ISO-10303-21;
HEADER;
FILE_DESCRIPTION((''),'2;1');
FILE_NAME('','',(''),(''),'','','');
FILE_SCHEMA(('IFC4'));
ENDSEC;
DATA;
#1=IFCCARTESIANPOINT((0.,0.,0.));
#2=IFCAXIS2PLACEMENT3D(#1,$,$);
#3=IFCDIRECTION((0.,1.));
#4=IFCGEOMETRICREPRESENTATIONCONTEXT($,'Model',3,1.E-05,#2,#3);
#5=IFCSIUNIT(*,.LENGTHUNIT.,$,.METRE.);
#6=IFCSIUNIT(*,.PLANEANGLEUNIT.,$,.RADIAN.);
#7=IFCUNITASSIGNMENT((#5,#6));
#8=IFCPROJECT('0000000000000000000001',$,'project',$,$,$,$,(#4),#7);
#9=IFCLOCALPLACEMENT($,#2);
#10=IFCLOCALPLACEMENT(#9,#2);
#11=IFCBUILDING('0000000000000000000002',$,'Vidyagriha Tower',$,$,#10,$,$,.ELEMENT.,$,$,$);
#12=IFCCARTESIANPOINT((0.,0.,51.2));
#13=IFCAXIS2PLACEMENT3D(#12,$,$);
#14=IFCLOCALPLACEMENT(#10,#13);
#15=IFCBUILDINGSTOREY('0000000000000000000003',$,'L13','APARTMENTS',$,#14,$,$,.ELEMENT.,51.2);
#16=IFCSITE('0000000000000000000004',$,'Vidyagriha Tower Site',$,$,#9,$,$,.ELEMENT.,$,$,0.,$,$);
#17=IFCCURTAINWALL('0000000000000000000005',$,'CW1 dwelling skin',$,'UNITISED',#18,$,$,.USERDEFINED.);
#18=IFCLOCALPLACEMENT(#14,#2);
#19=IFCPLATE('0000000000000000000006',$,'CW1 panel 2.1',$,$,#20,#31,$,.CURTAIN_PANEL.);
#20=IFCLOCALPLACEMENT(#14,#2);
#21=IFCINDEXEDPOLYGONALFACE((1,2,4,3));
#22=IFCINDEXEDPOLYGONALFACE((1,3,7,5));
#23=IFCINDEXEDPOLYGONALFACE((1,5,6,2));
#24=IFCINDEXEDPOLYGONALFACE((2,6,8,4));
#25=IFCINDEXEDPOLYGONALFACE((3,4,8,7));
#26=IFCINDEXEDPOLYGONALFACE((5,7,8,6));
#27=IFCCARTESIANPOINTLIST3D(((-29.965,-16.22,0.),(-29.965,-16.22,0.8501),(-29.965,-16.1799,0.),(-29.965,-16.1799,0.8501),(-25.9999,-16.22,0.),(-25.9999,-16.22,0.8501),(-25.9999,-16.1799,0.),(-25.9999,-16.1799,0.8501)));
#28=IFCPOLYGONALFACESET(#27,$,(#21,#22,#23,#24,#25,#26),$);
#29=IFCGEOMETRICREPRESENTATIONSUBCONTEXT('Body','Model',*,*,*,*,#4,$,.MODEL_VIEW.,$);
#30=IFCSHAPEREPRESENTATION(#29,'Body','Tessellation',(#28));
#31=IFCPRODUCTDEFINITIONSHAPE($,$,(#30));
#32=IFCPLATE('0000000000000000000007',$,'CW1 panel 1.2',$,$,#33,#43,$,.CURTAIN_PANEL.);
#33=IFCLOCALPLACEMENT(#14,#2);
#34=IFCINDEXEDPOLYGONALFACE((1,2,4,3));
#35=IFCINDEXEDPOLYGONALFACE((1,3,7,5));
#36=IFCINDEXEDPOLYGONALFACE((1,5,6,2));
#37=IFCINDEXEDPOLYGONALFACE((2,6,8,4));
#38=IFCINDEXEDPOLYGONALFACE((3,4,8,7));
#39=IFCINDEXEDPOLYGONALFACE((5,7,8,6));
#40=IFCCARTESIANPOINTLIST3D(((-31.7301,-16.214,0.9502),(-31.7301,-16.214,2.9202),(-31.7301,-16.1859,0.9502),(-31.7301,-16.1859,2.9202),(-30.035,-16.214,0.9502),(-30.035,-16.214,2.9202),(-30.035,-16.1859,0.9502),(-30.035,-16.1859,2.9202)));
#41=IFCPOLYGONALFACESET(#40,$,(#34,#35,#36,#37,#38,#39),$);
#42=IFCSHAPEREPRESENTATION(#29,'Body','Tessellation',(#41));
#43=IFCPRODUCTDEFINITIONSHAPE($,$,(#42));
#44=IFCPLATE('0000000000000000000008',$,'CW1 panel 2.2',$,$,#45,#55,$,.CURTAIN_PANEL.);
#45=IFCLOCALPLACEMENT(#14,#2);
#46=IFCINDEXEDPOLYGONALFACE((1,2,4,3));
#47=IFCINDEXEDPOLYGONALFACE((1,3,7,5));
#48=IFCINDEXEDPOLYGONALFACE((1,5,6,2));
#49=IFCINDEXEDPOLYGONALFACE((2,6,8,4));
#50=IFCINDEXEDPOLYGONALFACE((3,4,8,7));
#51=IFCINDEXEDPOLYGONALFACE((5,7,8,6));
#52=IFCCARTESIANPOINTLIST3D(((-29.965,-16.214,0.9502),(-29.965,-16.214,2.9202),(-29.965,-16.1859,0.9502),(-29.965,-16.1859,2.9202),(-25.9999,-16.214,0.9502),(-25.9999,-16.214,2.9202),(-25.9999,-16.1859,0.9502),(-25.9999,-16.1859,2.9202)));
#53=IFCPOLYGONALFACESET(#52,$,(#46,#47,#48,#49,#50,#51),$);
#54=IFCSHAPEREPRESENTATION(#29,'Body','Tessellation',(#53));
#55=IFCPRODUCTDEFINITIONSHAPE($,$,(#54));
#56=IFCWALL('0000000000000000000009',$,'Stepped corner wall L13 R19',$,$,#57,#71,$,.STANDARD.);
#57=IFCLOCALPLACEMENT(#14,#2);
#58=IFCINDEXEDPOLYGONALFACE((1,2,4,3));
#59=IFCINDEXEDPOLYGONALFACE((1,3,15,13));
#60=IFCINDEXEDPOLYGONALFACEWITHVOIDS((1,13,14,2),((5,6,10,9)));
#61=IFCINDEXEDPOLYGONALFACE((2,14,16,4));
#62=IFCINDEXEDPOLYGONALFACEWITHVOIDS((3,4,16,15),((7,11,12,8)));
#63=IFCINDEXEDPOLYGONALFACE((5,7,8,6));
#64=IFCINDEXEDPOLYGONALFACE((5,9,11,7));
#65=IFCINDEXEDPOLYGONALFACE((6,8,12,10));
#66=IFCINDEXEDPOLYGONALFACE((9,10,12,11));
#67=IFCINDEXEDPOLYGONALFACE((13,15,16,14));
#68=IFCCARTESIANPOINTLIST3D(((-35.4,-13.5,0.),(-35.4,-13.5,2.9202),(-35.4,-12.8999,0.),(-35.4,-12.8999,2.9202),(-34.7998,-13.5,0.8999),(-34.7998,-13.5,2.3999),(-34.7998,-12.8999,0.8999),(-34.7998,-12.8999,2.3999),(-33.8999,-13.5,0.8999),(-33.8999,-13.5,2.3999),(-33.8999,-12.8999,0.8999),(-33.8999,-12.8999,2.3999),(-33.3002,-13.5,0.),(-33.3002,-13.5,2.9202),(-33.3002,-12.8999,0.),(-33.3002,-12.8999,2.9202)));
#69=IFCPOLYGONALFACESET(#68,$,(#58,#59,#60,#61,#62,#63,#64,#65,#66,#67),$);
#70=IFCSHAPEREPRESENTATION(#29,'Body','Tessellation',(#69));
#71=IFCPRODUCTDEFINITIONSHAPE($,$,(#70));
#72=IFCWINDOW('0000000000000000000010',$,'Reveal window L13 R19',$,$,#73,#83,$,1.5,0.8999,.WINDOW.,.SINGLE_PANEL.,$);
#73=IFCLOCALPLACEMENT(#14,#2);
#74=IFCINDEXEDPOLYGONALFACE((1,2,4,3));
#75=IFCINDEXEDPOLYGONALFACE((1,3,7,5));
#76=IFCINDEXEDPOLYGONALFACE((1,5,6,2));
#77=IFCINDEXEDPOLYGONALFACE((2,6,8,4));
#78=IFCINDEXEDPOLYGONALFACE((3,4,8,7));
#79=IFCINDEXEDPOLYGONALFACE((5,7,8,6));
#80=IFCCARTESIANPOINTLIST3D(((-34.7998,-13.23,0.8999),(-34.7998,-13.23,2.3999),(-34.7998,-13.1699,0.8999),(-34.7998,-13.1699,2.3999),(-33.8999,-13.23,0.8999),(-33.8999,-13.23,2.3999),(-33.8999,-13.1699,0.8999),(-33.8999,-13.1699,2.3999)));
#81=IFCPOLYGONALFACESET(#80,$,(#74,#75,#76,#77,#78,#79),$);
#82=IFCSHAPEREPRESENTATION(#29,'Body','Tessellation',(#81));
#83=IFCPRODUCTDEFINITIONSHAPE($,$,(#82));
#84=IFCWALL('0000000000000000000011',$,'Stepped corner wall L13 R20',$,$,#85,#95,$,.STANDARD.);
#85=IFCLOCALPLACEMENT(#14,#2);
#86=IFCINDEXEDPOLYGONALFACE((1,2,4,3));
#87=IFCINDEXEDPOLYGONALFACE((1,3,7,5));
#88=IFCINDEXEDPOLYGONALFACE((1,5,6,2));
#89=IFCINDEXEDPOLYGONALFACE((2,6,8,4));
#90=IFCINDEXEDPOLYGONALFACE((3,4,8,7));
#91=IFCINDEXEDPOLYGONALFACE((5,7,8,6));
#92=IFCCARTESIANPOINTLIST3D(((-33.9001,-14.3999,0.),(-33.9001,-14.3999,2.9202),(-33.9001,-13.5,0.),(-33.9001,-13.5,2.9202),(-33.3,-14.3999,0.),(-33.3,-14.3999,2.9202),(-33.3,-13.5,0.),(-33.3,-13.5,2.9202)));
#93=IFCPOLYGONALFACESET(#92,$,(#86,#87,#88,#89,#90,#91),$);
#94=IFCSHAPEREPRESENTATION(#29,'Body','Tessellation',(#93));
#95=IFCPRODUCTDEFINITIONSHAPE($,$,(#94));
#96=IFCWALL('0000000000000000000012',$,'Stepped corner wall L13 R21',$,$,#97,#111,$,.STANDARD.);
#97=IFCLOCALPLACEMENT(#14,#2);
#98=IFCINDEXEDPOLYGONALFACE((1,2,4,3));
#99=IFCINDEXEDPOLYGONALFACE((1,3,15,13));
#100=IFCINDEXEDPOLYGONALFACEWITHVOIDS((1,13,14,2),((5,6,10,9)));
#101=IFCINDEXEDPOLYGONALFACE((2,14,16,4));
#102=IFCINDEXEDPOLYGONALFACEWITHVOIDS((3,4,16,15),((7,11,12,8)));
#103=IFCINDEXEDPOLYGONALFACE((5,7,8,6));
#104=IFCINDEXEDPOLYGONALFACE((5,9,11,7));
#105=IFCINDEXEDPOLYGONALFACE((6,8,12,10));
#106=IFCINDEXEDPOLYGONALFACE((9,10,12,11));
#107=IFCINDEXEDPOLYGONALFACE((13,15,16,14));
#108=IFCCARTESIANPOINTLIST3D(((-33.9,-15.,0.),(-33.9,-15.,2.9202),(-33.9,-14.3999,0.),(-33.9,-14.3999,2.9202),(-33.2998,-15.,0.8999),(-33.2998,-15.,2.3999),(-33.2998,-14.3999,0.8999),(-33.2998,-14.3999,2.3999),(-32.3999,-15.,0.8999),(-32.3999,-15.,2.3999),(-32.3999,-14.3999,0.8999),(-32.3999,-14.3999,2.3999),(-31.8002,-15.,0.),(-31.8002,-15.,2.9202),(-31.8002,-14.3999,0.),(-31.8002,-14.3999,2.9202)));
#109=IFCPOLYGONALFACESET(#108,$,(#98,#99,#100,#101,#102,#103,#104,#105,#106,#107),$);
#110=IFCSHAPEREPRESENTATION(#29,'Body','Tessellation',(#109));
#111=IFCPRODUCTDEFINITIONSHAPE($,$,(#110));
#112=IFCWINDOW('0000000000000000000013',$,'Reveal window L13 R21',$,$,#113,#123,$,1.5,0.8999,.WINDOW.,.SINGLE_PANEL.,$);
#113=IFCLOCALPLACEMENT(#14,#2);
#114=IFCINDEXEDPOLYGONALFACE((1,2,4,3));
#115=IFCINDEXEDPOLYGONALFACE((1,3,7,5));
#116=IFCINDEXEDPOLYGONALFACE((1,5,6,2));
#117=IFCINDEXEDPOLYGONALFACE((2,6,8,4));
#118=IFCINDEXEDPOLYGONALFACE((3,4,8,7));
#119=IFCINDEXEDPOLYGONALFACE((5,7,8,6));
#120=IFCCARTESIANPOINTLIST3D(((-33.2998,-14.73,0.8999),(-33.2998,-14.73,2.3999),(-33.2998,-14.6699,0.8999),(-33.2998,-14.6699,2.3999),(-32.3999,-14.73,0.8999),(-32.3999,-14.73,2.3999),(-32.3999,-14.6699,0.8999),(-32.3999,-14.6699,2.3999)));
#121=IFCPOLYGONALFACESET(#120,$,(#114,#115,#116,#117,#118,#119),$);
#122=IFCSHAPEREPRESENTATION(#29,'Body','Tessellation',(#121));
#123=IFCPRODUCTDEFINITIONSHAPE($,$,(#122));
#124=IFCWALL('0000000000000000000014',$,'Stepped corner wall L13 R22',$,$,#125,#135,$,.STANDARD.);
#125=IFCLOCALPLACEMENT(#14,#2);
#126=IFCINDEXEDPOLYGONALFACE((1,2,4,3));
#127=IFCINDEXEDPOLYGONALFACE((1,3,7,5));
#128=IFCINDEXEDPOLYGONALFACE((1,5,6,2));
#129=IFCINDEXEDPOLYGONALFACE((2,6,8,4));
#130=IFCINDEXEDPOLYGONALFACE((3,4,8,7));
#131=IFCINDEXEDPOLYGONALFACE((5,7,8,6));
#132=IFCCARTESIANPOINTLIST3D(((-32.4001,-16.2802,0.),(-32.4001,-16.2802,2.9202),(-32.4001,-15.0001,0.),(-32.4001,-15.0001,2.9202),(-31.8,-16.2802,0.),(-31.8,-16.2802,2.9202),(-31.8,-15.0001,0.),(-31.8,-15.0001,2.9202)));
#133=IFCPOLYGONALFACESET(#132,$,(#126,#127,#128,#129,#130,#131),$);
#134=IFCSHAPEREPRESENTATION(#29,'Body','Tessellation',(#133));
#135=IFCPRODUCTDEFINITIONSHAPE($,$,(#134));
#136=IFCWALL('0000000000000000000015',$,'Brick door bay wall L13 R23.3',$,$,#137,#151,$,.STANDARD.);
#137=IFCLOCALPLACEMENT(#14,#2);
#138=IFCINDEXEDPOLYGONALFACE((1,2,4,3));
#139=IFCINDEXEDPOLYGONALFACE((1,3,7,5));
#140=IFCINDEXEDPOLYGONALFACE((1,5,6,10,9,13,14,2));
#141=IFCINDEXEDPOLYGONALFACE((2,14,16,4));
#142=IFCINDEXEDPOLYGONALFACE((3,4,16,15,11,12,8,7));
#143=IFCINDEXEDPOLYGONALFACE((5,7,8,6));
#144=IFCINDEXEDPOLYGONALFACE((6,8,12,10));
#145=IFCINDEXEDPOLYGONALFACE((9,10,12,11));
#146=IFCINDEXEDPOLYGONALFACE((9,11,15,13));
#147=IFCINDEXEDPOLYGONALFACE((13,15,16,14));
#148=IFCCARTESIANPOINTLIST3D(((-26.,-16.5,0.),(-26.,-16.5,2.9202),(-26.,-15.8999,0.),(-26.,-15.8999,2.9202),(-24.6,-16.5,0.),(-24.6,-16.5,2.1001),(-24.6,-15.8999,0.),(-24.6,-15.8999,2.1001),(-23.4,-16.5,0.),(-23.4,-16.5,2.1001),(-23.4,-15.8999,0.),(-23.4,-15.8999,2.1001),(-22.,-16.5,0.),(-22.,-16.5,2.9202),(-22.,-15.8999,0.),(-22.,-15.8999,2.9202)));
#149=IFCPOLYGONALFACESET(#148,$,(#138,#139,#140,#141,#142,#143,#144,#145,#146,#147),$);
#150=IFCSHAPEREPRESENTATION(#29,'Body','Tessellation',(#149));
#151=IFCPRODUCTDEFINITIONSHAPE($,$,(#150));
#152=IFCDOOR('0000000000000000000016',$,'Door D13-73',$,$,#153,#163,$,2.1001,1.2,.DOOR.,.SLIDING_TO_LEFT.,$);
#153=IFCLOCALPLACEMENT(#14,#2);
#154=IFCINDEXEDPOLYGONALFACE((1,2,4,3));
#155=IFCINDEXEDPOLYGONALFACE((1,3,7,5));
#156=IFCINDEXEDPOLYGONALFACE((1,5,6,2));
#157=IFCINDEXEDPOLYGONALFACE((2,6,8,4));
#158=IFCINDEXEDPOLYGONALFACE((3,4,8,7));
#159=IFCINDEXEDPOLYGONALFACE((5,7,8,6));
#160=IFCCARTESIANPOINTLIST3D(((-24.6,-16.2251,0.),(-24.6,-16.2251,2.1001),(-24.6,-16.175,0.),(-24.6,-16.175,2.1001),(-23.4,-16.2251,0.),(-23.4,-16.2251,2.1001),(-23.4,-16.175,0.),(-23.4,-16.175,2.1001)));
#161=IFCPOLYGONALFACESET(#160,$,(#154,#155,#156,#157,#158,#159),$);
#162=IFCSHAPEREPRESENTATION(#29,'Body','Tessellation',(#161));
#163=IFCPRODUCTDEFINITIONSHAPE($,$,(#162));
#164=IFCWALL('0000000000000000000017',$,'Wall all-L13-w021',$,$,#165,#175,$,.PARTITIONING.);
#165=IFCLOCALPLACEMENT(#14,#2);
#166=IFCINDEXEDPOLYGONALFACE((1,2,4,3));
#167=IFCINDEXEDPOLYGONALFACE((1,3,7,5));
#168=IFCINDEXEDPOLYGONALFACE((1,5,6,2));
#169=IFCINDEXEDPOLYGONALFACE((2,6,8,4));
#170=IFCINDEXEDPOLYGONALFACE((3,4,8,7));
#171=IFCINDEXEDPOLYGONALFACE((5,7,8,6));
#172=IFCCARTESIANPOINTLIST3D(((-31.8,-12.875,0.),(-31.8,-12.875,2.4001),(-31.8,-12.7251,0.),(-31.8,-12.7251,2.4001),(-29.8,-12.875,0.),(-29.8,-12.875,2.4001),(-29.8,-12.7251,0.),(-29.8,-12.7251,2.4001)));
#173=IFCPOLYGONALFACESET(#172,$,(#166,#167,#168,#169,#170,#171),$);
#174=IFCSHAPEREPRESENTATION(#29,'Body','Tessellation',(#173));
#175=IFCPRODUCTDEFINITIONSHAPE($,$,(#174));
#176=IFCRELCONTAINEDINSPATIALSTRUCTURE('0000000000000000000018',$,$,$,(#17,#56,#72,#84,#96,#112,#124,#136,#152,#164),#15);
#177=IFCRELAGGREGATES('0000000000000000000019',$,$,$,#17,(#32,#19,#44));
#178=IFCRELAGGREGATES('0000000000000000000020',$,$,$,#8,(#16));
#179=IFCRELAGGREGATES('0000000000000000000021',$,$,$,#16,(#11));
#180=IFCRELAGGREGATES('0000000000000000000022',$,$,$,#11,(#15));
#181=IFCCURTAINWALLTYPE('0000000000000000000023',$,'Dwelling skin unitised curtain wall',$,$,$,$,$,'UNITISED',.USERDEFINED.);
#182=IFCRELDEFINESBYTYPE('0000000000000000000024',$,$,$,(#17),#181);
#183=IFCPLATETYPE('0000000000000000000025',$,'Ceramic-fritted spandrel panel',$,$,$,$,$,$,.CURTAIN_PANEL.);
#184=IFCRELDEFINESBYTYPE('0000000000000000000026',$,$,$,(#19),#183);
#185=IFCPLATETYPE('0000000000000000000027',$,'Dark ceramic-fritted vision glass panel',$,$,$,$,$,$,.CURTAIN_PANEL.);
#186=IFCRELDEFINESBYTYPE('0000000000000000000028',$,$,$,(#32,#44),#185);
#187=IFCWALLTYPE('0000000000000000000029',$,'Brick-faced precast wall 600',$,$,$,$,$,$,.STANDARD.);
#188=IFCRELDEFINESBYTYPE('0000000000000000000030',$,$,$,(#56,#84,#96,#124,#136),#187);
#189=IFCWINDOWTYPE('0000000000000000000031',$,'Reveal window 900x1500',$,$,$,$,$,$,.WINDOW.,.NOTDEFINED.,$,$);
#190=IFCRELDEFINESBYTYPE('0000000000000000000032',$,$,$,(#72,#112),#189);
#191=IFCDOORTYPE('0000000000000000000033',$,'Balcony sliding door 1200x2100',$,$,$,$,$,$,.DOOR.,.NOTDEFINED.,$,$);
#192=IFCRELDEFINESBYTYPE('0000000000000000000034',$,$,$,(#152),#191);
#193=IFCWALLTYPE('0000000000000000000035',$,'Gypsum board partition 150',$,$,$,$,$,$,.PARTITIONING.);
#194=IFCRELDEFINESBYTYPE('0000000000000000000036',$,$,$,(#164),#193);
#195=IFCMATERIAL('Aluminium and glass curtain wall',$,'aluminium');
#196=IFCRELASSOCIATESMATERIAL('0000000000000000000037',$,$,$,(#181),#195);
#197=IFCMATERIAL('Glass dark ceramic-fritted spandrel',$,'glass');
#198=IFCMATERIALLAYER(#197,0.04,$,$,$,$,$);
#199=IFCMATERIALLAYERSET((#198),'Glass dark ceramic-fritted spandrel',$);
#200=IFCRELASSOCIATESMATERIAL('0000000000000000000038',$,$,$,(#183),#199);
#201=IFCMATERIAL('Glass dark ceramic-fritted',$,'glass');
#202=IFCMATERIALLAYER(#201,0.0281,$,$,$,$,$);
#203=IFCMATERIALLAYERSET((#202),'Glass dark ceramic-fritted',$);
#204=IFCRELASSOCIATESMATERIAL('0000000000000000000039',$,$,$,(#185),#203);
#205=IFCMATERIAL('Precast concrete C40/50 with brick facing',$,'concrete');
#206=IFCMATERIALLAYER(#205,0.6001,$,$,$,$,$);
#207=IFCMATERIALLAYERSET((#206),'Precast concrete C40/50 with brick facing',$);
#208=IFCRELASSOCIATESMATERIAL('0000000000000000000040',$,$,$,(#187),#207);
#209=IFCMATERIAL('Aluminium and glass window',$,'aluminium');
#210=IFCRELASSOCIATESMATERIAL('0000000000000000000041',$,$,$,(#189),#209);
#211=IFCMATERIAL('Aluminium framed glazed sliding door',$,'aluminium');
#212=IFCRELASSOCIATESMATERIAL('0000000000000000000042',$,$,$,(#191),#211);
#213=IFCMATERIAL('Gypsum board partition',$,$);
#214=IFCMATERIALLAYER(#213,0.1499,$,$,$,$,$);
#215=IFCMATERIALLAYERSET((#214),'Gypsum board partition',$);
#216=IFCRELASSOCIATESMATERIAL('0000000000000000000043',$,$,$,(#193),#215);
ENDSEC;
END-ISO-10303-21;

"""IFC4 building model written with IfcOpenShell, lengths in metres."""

from ifc_helpers import new_model, si_unit, direction, frame, frame_2d, origin, origin_2d, place, context, subcontext, project, spatial, rectangle, extrude, material, layer, layer_set, type_object, element, fill, aggregate, save


model = new_model("IFC4")

# Units and contexts
model_context = context("Model", 3, precision=1e-05, world=origin(), true_north=direction((0.0, 1.0)))
body_context = subcontext(model_context, "Body", "Model", "MODEL_VIEW")
ifc_project = project(units=[si_unit("LENGTHUNIT", "METRE"), si_unit("PLANEANGLEUNIT", "RADIAN")], contexts=[model_context])

# Site, building, storey
site_placement = place(None, origin())
site = spatial("IfcSite", under=ifc_project, at=site_placement, Name="Vidyagriha Tower Site", CompositionType="ELEMENT", RefElevation=0.0)
building_placement = place(site_placement, origin())
building = spatial("IfcBuilding", under=site, at=building_placement, Name="Vidyagriha Tower", CompositionType="ELEMENT")
storey_placement = place(building_placement, frame((0.0, 0.0, 51.2)))
storey = spatial("IfcBuildingStorey", under=building, at=storey_placement, Name="L13", Description="APARTMENTS", CompositionType="ELEMENT", Elevation=51.2)

# Curtain wall, plates
ifc_material_1 = material(Name="Aluminium and glass curtain wall", Category="aluminium")
curtain_wall_type = type_object("IfcCurtainWallType", Name="Dwelling skin unitised curtain wall", ElementType="UNITISED", PredefinedType="USERDEFINED", material=ifc_material_1)
curtain_wall_placement = place(storey_placement, origin())
curtain_wall = element("IfcCurtainWall", 1, at=curtain_wall_placement, inside=storey, type_object=curtain_wall_type, Name="CW1 dwelling skin", ObjectType="UNITISED", PredefinedType="USERDEFINED")
ifc_material_2 = material(Name="Glass dark ceramic-fritted spandrel", Category="glass")
ifc_layer_1 = layer(ifc_material_2, 0.04)
ifc_layer_set_1 = layer_set([ifc_layer_1], Name="Glass dark ceramic-fritted spandrel")
plate_type_1 = type_object("IfcPlateType", Name="Ceramic-fritted spandrel panel", PredefinedType="CURTAIN_PANEL", material=ifc_layer_set_1)
plate_1_placement = place(storey_placement, frame((-27.9824, -16.2, 0.0)))
plate_1 = element("IfcPlate", 2, at=plate_1_placement, type_object=plate_type_1, Name="CW1 panel 2.1", PredefinedType="CURTAIN_PANEL", context=body_context, shape_type="SweptSolid", body=[
    extrude(rectangle(XDim=3.9651, YDim=0.04, at=origin_2d()), origin(), (0.0, 0.0, 1.0), 0.8501),
])
ifc_material_3 = material(Name="Glass dark ceramic-fritted", Category="glass")
ifc_layer_2 = layer(ifc_material_3, 0.0281)
ifc_layer_set_2 = layer_set([ifc_layer_2], Name="Glass dark ceramic-fritted")
plate_type_2 = type_object("IfcPlateType", Name="Dark ceramic-fritted vision glass panel", PredefinedType="CURTAIN_PANEL", material=ifc_layer_set_2)
plate_2_placement = place(storey_placement, frame((-30.8826, -16.2, 0.9502)))
plate_2 = element("IfcPlate", 3, at=plate_2_placement, type_object=plate_type_2, Name="CW1 panel 1.2", PredefinedType="CURTAIN_PANEL", context=body_context, shape_type="SweptSolid", body=[
    extrude(rectangle(XDim=1.6951, YDim=0.0281, at=origin_2d()), origin(), (0.0, 0.0, 1.0), 1.97),
])
plate_3_placement = place(storey_placement, frame((-27.9824, -16.2, 0.9502)))
plate_3 = element("IfcPlate", 4, at=plate_3_placement, type_object=plate_type_2, Name="CW1 panel 2.2", PredefinedType="CURTAIN_PANEL", context=body_context, shape_type="SweptSolid", body=[
    extrude(rectangle(XDim=3.9651, YDim=0.0281, at=origin_2d()), origin(), (0.0, 0.0, 1.0), 1.97),
])
aggregate(curtain_wall, [plate_2, plate_1, plate_3])

# Wall, opening, window
ifc_material_4 = material(Name="Precast concrete C40/50 with brick facing", Category="concrete")
ifc_layer_3 = layer(ifc_material_4, 0.6001)
ifc_layer_set_3 = layer_set([ifc_layer_3], Name="Precast concrete C40/50 with brick facing")
wall_type_1 = type_object("IfcWallType", Name="Brick-faced precast wall 600", PredefinedType="STANDARD", material=ifc_layer_set_3)
wall_1_placement = place(storey_placement, frame((-35.3999, -13.2, 0.0)))
wall_1 = element("IfcWall", 5, at=wall_1_placement, inside=storey, type_object=wall_type_1, Name="Stepped corner wall L13 R19", PredefinedType="STANDARD", context=body_context, shape_type="SweptSolid", body=[
    extrude(rectangle(XDim=2.0999, YDim=0.6001, at=frame_2d((1.0498, 0.0))), origin(), (0.0, 0.0, 1.0), 2.9202),
])
opening_1_placement = place(wall_1_placement, frame((0.6001, 0.0, 0.8999)))
opening_1 = element("IfcOpeningElement", 6, at=opening_1_placement, cuts=wall_1, PredefinedType="OPENING", context=body_context, shape_type="SweptSolid", body=[
    extrude(rectangle(XDim=0.8999, YDim=1.5, at=frame_2d((0.45, 0.75))), frame((0.0, 0.3101, 0.0), z_axis=(0.0, -1.0, 0.0), x_axis=(1.0, 0.0, 0.0)), (0.0, 0.0, 1.0), 0.6201),
])
ifc_material_5 = material(Name="Aluminium and glass window", Category="aluminium")
window_type = type_object("IfcWindowType", Name="Reveal window 900x1500", PartitioningType="NOTDEFINED", PredefinedType="WINDOW", material=ifc_material_5)
window_1_placement = place(opening_1_placement, origin())
window_1 = element("IfcWindow", 7, at=window_1_placement, inside=storey, type_object=window_type, Name="Reveal window L13 R19", OverallHeight=1.5, OverallWidth=0.8999, PartitioningType="SINGLE_PANEL", PredefinedType="WINDOW", context=body_context, shape_type="SweptSolid", body=[
    extrude(rectangle(XDim=0.8999, YDim=1.5, at=frame_2d((0.45, 0.75))), frame((0.0, 0.03, 0.0), z_axis=(0.0, -1.0, 0.0), x_axis=(1.0, 0.0, 0.0)), (0.0, 0.0, 1.0), 0.0601),
])
fill(opening_1, window_1)

# Wall
wall_2_placement = place(storey_placement, frame((-33.6001, -13.5, 0.0), z_axis=(0.0, 0.0, 1.0), x_axis=(0.0, -1.0, 0.0)))
element("IfcWall", 8, at=wall_2_placement, inside=storey, type_object=wall_type_1, Name="Stepped corner wall L13 R20", PredefinedType="STANDARD", context=body_context, shape_type="SweptSolid", body=[
    extrude(rectangle(XDim=0.8999, YDim=0.6001, at=frame_2d((0.45, 0.0))), origin(), (0.0, 0.0, 1.0), 2.9202),
])

# Wall, opening, window
wall_3_placement = place(storey_placement, frame((-33.8999, -14.7, 0.0)))
wall_3 = element("IfcWall", 9, at=wall_3_placement, inside=storey, type_object=wall_type_1, Name="Stepped corner wall L13 R21", PredefinedType="STANDARD", context=body_context, shape_type="SweptSolid", body=[
    extrude(rectangle(XDim=2.0999, YDim=0.6001, at=frame_2d((1.0498, 0.0))), origin(), (0.0, 0.0, 1.0), 2.9202),
])
opening_2_placement = place(wall_3_placement, frame((0.6001, 0.0, 0.8999)))
opening_2 = element("IfcOpeningElement", 10, at=opening_2_placement, cuts=wall_3, PredefinedType="OPENING", context=body_context, shape_type="SweptSolid", body=[
    extrude(rectangle(XDim=0.8999, YDim=1.5, at=frame_2d((0.45, 0.75))), frame((0.0, 0.3101, 0.0), z_axis=(0.0, -1.0, 0.0), x_axis=(1.0, 0.0, 0.0)), (0.0, 0.0, 1.0), 0.6201),
])
window_2_placement = place(opening_2_placement, origin())
window_2 = element("IfcWindow", 11, at=window_2_placement, inside=storey, type_object=window_type, Name="Reveal window L13 R21", OverallHeight=1.5, OverallWidth=0.8999, PartitioningType="SINGLE_PANEL", PredefinedType="WINDOW", context=body_context, shape_type="SweptSolid", body=[
    extrude(rectangle(XDim=0.8999, YDim=1.5, at=frame_2d((0.45, 0.75))), frame((0.0, 0.03, 0.0), z_axis=(0.0, -1.0, 0.0), x_axis=(1.0, 0.0, 0.0)), (0.0, 0.0, 1.0), 0.0601),
])
fill(opening_2, window_2)

# Wall
wall_4_placement = place(storey_placement, frame((-32.1001, -15.0, 0.0), z_axis=(0.0, 0.0, 1.0), x_axis=(0.0, -1.0, 0.0)))
element("IfcWall", 12, at=wall_4_placement, inside=storey, type_object=wall_type_1, Name="Stepped corner wall L13 R22", PredefinedType="STANDARD", context=body_context, shape_type="SweptSolid", body=[
    extrude(rectangle(XDim=1.28, YDim=0.6001, at=frame_2d((0.6401, 0.0))), origin(), (0.0, 0.0, 1.0), 2.9202),
])

# Wall, opening, door
wall_5_placement = place(storey_placement, frame((-26.0, -16.2, 0.0)))
wall_5 = element("IfcWall", 13, at=wall_5_placement, inside=storey, type_object=wall_type_1, Name="Brick door bay wall L13 R23.3", PredefinedType="STANDARD", context=body_context, shape_type="SweptSolid", body=[
    extrude(rectangle(XDim=4.0, YDim=0.6001, at=frame_2d((2.0, 0.0))), origin(), (0.0, 0.0, 1.0), 2.9202),
])
opening_3_placement = place(wall_5_placement, frame((1.3999, 0.0, 0.0)))
opening_3 = element("IfcOpeningElement", 14, at=opening_3_placement, cuts=wall_5, PredefinedType="OPENING", context=body_context, shape_type="SweptSolid", body=[
    extrude(rectangle(XDim=1.2, YDim=2.1001, at=frame_2d((0.6001, 1.05))), frame((0.0, 0.3101, 0.0), z_axis=(0.0, -1.0, 0.0), x_axis=(1.0, 0.0, 0.0)), (0.0, 0.0, 1.0), 0.6201),
])
ifc_material_6 = material(Name="Aluminium framed glazed sliding door", Category="aluminium")
door_type = type_object("IfcDoorType", Name="Balcony sliding door 1200x2100", OperationType="NOTDEFINED", PredefinedType="DOOR", material=ifc_material_6)
door_placement = place(opening_3_placement, origin())
door = element("IfcDoor", 15, at=door_placement, inside=storey, type_object=door_type, Name="Door D13-73", OperationType="SLIDING_TO_LEFT", OverallHeight=2.1001, OverallWidth=1.2, PredefinedType="DOOR", context=body_context, shape_type="SweptSolid", body=[
    extrude(rectangle(XDim=1.2, YDim=2.1001, at=frame_2d((0.6001, 1.05))), frame((0.0, 0.0249, 0.0), z_axis=(0.0, -1.0, 0.0), x_axis=(1.0, 0.0, 0.0)), (0.0, 0.0, 1.0), 0.05),
])
fill(opening_3, door)

# Wall
ifc_material_7 = material(Name="Gypsum board partition")
ifc_layer_4 = layer(ifc_material_7, 0.1499)
ifc_layer_set_4 = layer_set([ifc_layer_4], Name="Gypsum board partition")
wall_type_2 = type_object("IfcWallType", Name="Gypsum board partition 150", PredefinedType="PARTITIONING", material=ifc_layer_set_4)
wall_6_placement = place(storey_placement, frame((-29.8, -12.8, 0.0), z_axis=(0.0, 0.0, 1.0), x_axis=(-1.0, 0.0, 0.0)))
element("IfcWall", 16, at=wall_6_placement, inside=storey, type_object=wall_type_2, Name="Wall all-L13-w021", PredefinedType="PARTITIONING", context=body_context, shape_type="SweptSolid", body=[
    extrude(rectangle(XDim=2.0, YDim=0.1499, at=frame_2d((1.0, 0.0))), origin(), (0.0, 0.0, 1.0), 2.4001),
])

save(model, "model.ifc")
